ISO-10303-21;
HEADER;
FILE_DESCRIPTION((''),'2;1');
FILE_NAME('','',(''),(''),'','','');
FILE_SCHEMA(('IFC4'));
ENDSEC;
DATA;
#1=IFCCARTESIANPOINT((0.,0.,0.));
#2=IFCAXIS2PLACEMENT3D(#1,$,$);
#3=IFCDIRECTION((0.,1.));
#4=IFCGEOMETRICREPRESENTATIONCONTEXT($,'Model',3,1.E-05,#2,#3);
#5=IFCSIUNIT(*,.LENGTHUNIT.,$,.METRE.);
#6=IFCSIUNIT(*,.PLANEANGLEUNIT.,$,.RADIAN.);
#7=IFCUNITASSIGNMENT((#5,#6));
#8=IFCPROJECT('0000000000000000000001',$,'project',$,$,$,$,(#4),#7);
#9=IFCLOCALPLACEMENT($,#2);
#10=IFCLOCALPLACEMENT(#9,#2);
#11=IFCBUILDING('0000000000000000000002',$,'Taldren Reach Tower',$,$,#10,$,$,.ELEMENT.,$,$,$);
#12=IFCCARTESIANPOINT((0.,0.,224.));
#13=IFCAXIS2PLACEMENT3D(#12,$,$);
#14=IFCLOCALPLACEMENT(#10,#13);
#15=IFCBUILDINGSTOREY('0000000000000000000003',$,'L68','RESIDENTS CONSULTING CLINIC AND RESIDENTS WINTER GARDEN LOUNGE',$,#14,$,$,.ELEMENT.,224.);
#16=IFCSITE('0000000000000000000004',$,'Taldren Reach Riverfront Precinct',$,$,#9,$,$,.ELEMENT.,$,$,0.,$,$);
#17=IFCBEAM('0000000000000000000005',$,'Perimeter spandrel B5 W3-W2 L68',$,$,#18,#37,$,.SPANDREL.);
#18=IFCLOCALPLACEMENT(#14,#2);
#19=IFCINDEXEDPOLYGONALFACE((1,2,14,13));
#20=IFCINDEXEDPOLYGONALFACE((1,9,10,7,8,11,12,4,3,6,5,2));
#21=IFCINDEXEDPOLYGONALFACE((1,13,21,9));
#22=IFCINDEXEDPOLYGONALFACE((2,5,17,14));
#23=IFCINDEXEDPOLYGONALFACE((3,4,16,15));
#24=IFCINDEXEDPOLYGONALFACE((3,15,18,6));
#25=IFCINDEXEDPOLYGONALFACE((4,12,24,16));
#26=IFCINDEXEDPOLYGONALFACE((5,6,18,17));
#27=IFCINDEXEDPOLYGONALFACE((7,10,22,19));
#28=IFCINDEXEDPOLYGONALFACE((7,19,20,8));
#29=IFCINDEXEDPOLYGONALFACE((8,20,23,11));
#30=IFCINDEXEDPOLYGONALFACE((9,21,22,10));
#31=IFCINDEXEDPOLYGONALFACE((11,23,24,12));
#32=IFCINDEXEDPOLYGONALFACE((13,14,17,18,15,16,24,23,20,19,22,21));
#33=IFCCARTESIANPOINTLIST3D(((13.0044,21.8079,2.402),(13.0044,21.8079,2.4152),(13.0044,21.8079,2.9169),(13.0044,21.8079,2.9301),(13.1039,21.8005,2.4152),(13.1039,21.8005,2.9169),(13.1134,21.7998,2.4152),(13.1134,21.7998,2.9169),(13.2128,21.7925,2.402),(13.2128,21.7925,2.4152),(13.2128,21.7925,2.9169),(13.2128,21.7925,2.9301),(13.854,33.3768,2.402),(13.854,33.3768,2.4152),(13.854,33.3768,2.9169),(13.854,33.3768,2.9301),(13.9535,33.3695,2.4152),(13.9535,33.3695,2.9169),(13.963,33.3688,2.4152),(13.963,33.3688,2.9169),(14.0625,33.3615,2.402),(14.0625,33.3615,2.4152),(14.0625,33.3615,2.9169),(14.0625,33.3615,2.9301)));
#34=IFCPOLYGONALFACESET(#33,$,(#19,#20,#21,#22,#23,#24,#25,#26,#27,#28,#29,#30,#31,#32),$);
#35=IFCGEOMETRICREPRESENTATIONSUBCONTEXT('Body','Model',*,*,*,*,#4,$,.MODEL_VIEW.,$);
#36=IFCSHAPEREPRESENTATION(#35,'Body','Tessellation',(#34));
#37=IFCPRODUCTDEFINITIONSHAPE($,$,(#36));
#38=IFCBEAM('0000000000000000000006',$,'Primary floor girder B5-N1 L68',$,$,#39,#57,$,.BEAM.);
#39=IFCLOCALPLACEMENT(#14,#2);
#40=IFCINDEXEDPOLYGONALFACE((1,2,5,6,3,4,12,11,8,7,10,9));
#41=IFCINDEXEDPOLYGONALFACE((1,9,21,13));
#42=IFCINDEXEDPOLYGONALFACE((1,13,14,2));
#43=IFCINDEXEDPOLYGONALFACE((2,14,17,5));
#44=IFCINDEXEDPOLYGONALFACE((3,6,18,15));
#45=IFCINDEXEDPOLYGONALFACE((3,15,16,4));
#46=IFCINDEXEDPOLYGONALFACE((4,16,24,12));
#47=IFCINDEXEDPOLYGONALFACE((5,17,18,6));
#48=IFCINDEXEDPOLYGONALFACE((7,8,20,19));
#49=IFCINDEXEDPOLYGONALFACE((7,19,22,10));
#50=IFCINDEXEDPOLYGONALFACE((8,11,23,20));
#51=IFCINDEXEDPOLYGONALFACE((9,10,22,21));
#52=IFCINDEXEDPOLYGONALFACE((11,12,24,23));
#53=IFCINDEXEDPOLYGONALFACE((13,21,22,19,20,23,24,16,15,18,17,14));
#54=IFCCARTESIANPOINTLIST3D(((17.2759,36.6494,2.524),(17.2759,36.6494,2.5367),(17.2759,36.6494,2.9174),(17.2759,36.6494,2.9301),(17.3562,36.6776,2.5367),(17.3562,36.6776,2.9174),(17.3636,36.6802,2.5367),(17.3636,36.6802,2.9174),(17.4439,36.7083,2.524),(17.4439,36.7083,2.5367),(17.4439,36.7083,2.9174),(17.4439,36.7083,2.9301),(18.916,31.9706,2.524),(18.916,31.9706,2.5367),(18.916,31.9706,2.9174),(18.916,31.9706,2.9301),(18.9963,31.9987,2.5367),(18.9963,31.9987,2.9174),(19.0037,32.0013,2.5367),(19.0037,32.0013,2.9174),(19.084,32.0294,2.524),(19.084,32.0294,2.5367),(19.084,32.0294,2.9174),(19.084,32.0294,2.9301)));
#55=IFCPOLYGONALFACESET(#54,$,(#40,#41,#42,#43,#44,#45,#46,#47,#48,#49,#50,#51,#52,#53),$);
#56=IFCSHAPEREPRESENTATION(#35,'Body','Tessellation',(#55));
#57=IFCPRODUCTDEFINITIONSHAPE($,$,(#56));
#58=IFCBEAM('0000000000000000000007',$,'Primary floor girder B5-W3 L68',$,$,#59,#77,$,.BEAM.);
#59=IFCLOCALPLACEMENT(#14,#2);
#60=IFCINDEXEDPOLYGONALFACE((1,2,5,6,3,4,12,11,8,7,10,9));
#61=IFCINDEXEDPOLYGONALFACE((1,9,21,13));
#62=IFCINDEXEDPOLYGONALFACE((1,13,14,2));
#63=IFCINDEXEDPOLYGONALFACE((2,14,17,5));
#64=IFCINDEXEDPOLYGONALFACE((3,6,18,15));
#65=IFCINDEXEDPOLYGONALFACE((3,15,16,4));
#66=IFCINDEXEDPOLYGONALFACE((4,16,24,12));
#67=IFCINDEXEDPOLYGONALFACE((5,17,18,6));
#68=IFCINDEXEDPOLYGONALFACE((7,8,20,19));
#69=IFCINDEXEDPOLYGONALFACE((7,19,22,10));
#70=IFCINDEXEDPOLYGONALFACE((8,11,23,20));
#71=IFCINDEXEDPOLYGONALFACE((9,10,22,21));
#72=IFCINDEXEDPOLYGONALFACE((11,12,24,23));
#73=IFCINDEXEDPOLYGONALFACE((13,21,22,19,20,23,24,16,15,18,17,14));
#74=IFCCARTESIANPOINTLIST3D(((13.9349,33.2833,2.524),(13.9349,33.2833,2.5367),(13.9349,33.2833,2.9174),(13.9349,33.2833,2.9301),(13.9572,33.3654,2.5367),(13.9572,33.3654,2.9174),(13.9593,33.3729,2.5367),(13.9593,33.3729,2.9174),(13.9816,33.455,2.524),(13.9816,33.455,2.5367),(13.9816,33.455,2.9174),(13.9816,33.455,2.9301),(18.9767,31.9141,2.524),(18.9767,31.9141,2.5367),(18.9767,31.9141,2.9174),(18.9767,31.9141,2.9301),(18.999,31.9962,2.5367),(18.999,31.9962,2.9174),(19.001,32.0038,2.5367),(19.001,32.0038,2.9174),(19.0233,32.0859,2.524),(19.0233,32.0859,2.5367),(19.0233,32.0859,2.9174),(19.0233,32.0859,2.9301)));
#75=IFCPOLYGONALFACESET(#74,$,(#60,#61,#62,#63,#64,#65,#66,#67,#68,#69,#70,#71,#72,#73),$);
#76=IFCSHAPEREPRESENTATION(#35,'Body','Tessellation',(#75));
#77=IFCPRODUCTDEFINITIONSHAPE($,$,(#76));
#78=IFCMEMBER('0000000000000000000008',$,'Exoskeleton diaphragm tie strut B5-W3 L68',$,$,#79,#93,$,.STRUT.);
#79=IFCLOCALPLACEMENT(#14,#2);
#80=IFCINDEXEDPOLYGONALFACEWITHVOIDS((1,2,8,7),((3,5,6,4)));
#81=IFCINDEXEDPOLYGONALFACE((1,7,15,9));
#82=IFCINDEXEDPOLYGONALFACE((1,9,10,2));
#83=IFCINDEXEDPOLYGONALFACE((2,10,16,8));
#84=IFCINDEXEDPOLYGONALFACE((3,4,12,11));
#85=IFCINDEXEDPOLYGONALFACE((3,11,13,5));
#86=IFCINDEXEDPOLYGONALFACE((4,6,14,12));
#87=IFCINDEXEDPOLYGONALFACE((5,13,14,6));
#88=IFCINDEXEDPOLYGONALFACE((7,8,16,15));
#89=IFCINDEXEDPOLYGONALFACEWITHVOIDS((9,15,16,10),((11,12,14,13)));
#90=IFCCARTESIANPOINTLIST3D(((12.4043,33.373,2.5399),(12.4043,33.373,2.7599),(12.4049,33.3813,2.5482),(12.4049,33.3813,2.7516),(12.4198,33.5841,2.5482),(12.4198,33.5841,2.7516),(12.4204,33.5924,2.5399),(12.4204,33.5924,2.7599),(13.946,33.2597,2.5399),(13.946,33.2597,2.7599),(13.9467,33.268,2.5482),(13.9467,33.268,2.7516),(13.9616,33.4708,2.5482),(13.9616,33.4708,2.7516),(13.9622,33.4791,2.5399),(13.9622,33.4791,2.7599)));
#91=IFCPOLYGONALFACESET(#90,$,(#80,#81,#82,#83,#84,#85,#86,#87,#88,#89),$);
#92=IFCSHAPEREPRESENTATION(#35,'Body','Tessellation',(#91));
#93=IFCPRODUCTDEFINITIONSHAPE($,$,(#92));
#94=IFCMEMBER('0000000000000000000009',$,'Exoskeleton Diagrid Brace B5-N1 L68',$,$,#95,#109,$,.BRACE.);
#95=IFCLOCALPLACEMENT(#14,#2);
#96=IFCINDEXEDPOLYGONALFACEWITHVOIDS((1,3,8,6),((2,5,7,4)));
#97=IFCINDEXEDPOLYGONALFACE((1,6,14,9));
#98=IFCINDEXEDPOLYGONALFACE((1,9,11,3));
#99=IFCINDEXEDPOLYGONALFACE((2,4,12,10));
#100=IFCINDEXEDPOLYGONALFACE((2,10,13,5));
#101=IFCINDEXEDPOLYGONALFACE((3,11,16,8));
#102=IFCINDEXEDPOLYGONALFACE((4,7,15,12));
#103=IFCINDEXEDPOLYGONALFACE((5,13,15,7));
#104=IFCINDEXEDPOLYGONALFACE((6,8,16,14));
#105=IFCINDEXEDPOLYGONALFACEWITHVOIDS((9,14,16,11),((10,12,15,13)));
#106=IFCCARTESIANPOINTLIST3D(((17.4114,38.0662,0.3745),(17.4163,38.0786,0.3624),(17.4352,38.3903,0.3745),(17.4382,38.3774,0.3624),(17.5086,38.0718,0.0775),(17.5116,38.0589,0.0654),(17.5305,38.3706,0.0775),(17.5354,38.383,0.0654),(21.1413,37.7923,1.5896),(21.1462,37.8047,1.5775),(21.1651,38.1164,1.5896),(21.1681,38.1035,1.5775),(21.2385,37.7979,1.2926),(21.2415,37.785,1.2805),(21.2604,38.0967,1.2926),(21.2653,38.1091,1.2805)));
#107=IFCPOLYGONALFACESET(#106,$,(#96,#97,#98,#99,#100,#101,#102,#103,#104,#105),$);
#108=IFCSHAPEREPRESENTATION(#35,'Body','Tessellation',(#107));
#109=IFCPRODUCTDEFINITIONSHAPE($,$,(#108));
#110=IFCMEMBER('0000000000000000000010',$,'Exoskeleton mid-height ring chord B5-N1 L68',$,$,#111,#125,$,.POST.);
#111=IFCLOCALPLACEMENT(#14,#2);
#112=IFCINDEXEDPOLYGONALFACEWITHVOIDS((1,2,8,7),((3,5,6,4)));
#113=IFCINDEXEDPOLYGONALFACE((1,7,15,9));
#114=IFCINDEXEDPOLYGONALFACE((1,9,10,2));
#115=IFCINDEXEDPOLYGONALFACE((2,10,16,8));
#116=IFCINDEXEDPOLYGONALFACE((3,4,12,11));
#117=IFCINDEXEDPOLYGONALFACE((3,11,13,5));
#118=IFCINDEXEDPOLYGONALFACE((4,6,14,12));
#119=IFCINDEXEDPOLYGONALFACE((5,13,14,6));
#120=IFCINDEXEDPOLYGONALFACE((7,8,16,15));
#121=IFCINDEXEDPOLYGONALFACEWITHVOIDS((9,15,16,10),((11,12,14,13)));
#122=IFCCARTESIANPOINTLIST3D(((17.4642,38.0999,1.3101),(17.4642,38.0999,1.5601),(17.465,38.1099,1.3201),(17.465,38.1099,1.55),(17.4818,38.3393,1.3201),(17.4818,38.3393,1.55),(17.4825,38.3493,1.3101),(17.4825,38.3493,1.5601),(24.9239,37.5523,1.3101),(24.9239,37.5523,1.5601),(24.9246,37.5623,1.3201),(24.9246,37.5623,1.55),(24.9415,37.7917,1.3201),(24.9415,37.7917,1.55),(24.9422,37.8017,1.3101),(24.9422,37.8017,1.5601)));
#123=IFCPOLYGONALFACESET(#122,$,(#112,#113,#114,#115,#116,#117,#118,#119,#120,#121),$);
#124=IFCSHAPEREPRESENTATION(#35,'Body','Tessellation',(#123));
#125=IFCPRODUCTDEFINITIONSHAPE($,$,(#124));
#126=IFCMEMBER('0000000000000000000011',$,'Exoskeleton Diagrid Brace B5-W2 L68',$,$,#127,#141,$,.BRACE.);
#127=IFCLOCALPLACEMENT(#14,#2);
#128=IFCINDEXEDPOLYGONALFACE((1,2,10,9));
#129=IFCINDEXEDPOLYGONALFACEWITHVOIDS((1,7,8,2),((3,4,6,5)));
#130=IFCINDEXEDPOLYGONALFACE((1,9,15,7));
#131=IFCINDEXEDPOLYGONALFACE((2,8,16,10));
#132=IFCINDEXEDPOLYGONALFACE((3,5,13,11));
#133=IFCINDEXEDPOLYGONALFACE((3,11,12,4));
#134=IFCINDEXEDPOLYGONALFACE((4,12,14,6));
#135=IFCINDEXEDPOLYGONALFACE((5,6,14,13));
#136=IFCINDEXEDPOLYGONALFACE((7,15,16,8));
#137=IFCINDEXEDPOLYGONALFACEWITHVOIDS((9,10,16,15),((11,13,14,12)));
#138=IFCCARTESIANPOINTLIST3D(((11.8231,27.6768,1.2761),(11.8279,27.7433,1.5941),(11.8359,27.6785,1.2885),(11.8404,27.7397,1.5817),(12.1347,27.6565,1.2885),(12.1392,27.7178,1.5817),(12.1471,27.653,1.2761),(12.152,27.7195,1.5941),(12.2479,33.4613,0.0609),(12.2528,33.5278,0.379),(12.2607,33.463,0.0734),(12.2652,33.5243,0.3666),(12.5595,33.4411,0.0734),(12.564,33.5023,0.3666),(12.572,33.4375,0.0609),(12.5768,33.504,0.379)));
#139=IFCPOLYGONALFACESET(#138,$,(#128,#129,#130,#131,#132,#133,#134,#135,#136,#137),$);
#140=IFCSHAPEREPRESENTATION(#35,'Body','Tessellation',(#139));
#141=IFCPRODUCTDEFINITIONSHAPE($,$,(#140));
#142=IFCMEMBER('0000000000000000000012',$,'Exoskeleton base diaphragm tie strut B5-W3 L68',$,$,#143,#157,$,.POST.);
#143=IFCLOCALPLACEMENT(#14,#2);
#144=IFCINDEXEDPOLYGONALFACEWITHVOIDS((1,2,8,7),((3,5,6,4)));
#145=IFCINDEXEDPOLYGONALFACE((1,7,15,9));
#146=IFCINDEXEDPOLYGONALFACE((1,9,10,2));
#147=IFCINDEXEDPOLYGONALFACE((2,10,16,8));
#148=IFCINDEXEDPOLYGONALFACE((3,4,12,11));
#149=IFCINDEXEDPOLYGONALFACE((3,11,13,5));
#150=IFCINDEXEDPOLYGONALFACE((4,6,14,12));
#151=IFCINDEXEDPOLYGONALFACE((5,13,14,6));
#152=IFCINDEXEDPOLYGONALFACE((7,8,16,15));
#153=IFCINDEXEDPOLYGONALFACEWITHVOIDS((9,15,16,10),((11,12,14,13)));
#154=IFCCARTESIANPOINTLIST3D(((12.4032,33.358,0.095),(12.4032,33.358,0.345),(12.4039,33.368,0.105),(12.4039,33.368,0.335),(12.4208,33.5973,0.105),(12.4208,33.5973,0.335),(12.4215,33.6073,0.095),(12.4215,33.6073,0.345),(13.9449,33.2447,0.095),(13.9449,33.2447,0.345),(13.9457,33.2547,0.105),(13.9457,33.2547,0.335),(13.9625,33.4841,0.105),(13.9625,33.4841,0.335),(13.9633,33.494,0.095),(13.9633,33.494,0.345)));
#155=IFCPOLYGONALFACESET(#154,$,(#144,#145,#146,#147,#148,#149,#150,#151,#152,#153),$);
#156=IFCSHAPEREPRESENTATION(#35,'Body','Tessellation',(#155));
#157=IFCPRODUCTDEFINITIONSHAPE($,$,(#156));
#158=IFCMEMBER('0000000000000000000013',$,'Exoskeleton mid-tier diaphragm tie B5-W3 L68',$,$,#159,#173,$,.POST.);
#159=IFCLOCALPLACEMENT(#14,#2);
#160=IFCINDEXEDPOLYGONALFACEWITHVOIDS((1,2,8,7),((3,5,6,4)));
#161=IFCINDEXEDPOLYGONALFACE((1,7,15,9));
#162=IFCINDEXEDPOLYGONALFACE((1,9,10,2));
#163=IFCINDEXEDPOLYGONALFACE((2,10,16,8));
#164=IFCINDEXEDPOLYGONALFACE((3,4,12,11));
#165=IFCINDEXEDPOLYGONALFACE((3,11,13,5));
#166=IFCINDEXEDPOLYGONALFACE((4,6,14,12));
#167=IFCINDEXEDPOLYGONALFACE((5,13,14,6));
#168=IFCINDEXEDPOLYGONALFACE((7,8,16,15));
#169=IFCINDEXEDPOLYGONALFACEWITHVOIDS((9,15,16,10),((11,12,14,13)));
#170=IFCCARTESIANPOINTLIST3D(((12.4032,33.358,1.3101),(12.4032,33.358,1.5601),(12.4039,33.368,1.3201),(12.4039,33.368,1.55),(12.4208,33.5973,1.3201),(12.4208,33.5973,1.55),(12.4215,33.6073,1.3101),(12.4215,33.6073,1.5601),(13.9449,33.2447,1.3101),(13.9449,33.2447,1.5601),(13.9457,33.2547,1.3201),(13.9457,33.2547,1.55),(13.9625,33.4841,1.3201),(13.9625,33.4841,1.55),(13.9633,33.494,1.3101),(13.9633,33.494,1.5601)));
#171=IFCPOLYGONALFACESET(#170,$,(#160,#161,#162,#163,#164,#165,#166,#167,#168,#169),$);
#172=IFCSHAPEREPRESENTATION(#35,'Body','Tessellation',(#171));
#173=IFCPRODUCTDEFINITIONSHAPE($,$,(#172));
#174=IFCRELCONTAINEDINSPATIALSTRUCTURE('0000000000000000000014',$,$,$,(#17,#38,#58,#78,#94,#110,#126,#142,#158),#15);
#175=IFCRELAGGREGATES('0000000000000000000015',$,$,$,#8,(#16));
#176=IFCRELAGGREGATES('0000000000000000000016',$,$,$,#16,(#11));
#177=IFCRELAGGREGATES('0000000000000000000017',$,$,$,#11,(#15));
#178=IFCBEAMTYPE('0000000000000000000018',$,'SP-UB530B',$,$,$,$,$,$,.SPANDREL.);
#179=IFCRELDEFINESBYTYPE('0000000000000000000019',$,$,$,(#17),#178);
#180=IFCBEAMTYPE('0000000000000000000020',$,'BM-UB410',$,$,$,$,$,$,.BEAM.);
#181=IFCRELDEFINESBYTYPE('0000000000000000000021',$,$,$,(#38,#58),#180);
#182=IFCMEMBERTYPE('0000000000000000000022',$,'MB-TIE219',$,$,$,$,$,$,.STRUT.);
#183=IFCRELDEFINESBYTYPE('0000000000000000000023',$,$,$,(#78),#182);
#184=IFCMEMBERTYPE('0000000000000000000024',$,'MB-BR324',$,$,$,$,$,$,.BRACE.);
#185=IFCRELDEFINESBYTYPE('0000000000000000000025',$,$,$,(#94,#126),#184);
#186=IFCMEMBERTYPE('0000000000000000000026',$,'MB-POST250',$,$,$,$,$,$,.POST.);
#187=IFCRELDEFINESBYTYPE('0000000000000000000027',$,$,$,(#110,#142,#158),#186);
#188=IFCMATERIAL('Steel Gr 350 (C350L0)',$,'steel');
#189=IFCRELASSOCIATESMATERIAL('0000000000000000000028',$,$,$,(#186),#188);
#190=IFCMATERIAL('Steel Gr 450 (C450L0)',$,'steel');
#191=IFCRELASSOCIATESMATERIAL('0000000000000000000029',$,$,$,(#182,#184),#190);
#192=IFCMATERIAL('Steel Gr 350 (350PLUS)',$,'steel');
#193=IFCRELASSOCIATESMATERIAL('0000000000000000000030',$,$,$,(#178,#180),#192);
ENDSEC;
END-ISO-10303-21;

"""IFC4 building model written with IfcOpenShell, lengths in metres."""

from ifc_helpers import new_model, si_unit, direction, frame, origin, origin_2d, place, context, subcontext, project, spatial, hollow_rectangle, i_section, extrude, source, transform, mapped, material, material_profile, profile_set, type_object, element, save


model = new_model("IFC4")

# Units and contexts
model_context = context("Model", 3, precision=1e-05, world=origin(), true_north=direction((0.0, 1.0)))
body_context = subcontext(model_context, "Body", "Model", "MODEL_VIEW")
ifc_project = project(units=[si_unit("LENGTHUNIT", "METRE"), si_unit("PLANEANGLEUNIT", "RADIAN")], contexts=[model_context])

# Site, building, storey
site_placement = place(None, origin())
site = spatial("IfcSite", under=ifc_project, at=site_placement, Name="Taldren Reach Riverfront Precinct", CompositionType="ELEMENT", RefElevation=0.0)
building_placement = place(site_placement, origin())
building = spatial("IfcBuilding", under=site, at=building_placement, Name="Taldren Reach Tower", CompositionType="ELEMENT")
storey_placement = place(building_placement, frame((0.0, 0.0, 224.0)))
storey = spatial("IfcBuildingStorey", under=building, at=storey_placement, Name="L68", Description="RESIDENTS CONSULTING CLINIC AND RESIDENTS WINTER GARDEN LOUNGE", CompositionType="ELEMENT", Elevation=224.0)

# Shared definitions
ifc_material_1 = material(Name="Steel Gr 450 (C450L0)", Category="steel")
ifc_material_2 = material(Name="Steel Gr 350 (C350L0)", Category="steel")
ifc_material_3 = material(Name="Steel Gr 350 (350PLUS)", Category="steel")

# Shared definitions
ifc_material_profile_1 = material_profile(ifc_material_2, hollow_rectangle(XDim=0.25, YDim=0.25, WallThickness=0.01, at=origin_2d()), Name="250x250x10.0SHS")
ifc_profile_set_1 = profile_set([ifc_material_profile_1], Name="Steel Gr 350 (C350L0)")
member_type_1 = type_object("IfcMemberType", Name="MB-POST250", PredefinedType="POST", material=ifc_profile_set_1)
ifc_material_profile_2 = material_profile(ifc_material_1, hollow_rectangle(XDim=0.22, YDim=0.22, WallThickness=0.0083, at=origin_2d()), Name="220x220x8.2SHS")
ifc_profile_set_2 = profile_set([ifc_material_profile_2], Name="Steel Gr 450 (C450L0)")
member_type_2 = type_object("IfcMemberType", Name="MB-TIE219", PredefinedType="STRUT", material=ifc_profile_set_2)

# Beams
ifc_material_profile_3 = material_profile(ifc_material_3, i_section(OverallWidth=0.209, OverallDepth=0.5281, WebThickness=0.0095, FlangeThickness=0.0132, at=origin_2d()), Name="530UB82.0")
ifc_profile_set_3 = profile_set([ifc_material_profile_3], Name="Steel Gr 350 (350PLUS)")
beam_type_1 = type_object("IfcBeamType", Name="SP-UB530B", PredefinedType="SPANDREL", material=ifc_profile_set_3)
shared_shape_1 = source(origin(), body_context, "Body", "SweptSolid", [
    extrude(i_section(OverallWidth=0.209, OverallDepth=0.5281, WebThickness=0.0095, FlangeThickness=0.0132, at=origin_2d()), origin(), (0.0, 0.0, 1.0), 11.6001),
])
beam_1_placement = place(storey_placement, frame((13.9583, 33.3691, 2.666), z_axis=(-0.073242, -0.997314, 0.0), x_axis=(0.997314, -0.073242, 0.0)))
element("IfcBeam", 1, at=beam_1_placement, inside=storey, type_object=beam_type_1, Name="Perimeter spandrel B5 W3-W2 L68", PredefinedType="SPANDREL", context=body_context, shape_type="MappedRepresentation", body=[
    mapped(shared_shape_1, transform((0.0, 0.0, 0.0), scale=1.0)),
])
ifc_material_profile_4 = material_profile(ifc_material_3, i_section(OverallWidth=0.178, OverallDepth=0.406, WebThickness=0.0078, FlangeThickness=0.0127, at=origin_2d()), Name="410UB59.7")
ifc_profile_set_4 = profile_set([ifc_material_profile_4], Name="Steel Gr 350 (350PLUS)")
beam_type_2 = type_object("IfcBeamType", Name="BM-UB410", PredefinedType="BEAM", material=ifc_profile_set_4)
shared_shape_2 = source(origin(), body_context, "Body", "SweptSolid", [
    extrude(i_section(OverallWidth=0.178, OverallDepth=0.406, WebThickness=0.0078, FlangeThickness=0.0127, at=origin_2d()), origin(), (0.0, 0.0, 1.0), 4.958),
])
beam_2_placement = place(storey_placement, frame((19.0, 32.0, 2.7271), z_axis=(-0.3308, 0.943701, 0.0), x_axis=(-0.943701, -0.3308, 0.0)))
element("IfcBeam", 2, at=beam_2_placement, inside=storey, type_object=beam_type_2, Name="Primary floor girder B5-N1 L68", PredefinedType="BEAM", context=body_context, shape_type="MappedRepresentation", body=[
    mapped(shared_shape_2, transform((0.0, 0.0, 0.0), scale=1.0)),
])
shared_shape_3 = source(origin(), body_context, "Body", "SweptSolid", [
    extrude(i_section(OverallWidth=0.178, OverallDepth=0.406, WebThickness=0.0078, FlangeThickness=0.0127, at=origin_2d()), origin(), (0.0, 0.0, 1.0), 5.2244),
])
beam_3_placement = place(storey_placement, frame((19.0, 32.0, 2.7271), z_axis=(-0.965049, 0.262069, 0.0), x_axis=(-0.262069, -0.965049, 0.0)))
element("IfcBeam", 3, at=beam_3_placement, inside=storey, type_object=beam_type_2, Name="Primary floor girder B5-W3 L68", PredefinedType="BEAM", context=body_context, shape_type="MappedRepresentation", body=[
    mapped(shared_shape_3, transform((0.0, 0.0, 0.0), scale=1.0)),
])

# Members
shared_shape_4 = source(origin(), body_context, "Body", "SweptSolid", [
    extrude(hollow_rectangle(XDim=0.22, YDim=0.22, WallThickness=0.0083, at=origin_2d()), origin(), (0.0, 0.0, 1.0), 1.5459),
])
member_1_placement = place(storey_placement, frame((13.9541, 33.3694, 2.6499), z_axis=(-0.997312, 0.073278, 0.0), x_axis=(-0.073278, -0.997312, 0.0)))
element("IfcMember", 4, at=member_1_placement, inside=storey, type_object=member_type_2, Name="Exoskeleton diaphragm tie strut B5-W3 L68", PredefinedType="STRUT", context=body_context, shape_type="MappedRepresentation", body=[
    mapped(shared_shape_4, transform((0.0, 0.0, 0.0), scale=1.0)),
])
ifc_material_profile_5 = material_profile(ifc_material_1, hollow_rectangle(XDim=0.325, YDim=0.325, WallThickness=0.0127, at=origin_2d()), Name="325x325x12.7SHS")
ifc_profile_set_5 = profile_set([ifc_material_profile_5], Name="Steel Gr 450 (C450L0)")
member_type_3 = type_object("IfcMemberType", Name="MB-BR324", PredefinedType="BRACE", material=ifc_profile_set_5)
shared_shape_5 = source(origin(), body_context, "Body", "SweptSolid", [
    extrude(hollow_rectangle(XDim=0.325, YDim=0.325, WallThickness=0.0127, at=origin_2d()), origin(), (0.0, 0.0, 1.0), 3.9324),
])
member_2_placement = place(storey_placement, frame((17.4734, 38.2246, 0.22), z_axis=(0.948511, -0.069658, 0.308989), x_axis=(0.073242, 0.997314, 0.0)))
element("IfcMember", 5, at=member_2_placement, inside=storey, type_object=member_type_3, Name="Exoskeleton Diagrid Brace B5-N1 L68", PredefinedType="BRACE", context=body_context, shape_type="MappedRepresentation", body=[
    mapped(shared_shape_5, transform((0.0, 0.0, 0.0), scale=1.0)),
])
shared_shape_6 = source(origin(), body_context, "Body", "SweptSolid", [
    extrude(hollow_rectangle(XDim=0.25, YDim=0.25, WallThickness=0.01, at=origin_2d()), origin(), (0.0, 0.0, 1.0), 7.4797),
])
member_3_placement = place(storey_placement, frame((17.4734, 38.2246, 1.4351), z_axis=(0.997316, -0.073212, 0.0), x_axis=(0.073212, 0.997316, 0.0)))
element("IfcMember", 6, at=member_3_placement, inside=storey, type_object=member_type_1, Name="Exoskeleton mid-height ring chord B5-N1 L68", PredefinedType="POST", context=body_context, shape_type="MappedRepresentation", body=[
    mapped(shared_shape_6, transform((0.0, 0.0, 0.0), scale=1.0)),
])
shared_shape_7 = source(origin(), body_context, "Body", "SweptSolid", [
    extrude(hollow_rectangle(XDim=0.325, YDim=0.325, WallThickness=0.0127, at=origin_2d()), origin(), (0.0, 0.0, 1.0), 5.926),
])
member_4_placement = place(storey_placement, frame((12.4124, 33.4827, 0.22), z_axis=(-0.071686, -0.976123, 0.205046), x_axis=(0.997314, -0.073242, 0.0)))
element("IfcMember", 7, at=member_4_placement, inside=storey, type_object=member_type_3, Name="Exoskeleton Diagrid Brace B5-W2 L68", PredefinedType="BRACE", context=body_context, shape_type="MappedRepresentation", body=[
    mapped(shared_shape_7, transform((0.0, 0.0, 0.0), scale=1.0)),
])
shared_shape_8 = source(origin(), body_context, "Body", "SweptSolid", [
    extrude(hollow_rectangle(XDim=0.25, YDim=0.25, WallThickness=0.01, at=origin_2d()), origin(), (0.0, 0.0, 1.0), 1.5459),
])
for number, where, z_axis, x_axis, name in (
    (8, (13.9541, 33.3694, 0.22), (-0.997312, 0.073278, 0.0), (-0.073278, -0.997312, 0.0), "Exoskeleton base diaphragm tie strut B5-W3 L68"),
    (9, (13.9541, 33.3694, 1.4351), (-0.997312, 0.073278, 0.0), (-0.073278, -0.997312, 0.0), "Exoskeleton mid-tier diaphragm tie B5-W3 L68"),
):
    element("IfcMember", number, at=place(storey_placement, frame(where, z_axis=z_axis, x_axis=x_axis)), inside=storey, type_object=member_type_1, Name=name, PredefinedType="POST", context=body_context, shape_type="MappedRepresentation", body=[
        mapped(shared_shape_8, transform((0.0, 0.0, 0.0), scale=1.0)),
    ])

save(model, "model.ifc")
